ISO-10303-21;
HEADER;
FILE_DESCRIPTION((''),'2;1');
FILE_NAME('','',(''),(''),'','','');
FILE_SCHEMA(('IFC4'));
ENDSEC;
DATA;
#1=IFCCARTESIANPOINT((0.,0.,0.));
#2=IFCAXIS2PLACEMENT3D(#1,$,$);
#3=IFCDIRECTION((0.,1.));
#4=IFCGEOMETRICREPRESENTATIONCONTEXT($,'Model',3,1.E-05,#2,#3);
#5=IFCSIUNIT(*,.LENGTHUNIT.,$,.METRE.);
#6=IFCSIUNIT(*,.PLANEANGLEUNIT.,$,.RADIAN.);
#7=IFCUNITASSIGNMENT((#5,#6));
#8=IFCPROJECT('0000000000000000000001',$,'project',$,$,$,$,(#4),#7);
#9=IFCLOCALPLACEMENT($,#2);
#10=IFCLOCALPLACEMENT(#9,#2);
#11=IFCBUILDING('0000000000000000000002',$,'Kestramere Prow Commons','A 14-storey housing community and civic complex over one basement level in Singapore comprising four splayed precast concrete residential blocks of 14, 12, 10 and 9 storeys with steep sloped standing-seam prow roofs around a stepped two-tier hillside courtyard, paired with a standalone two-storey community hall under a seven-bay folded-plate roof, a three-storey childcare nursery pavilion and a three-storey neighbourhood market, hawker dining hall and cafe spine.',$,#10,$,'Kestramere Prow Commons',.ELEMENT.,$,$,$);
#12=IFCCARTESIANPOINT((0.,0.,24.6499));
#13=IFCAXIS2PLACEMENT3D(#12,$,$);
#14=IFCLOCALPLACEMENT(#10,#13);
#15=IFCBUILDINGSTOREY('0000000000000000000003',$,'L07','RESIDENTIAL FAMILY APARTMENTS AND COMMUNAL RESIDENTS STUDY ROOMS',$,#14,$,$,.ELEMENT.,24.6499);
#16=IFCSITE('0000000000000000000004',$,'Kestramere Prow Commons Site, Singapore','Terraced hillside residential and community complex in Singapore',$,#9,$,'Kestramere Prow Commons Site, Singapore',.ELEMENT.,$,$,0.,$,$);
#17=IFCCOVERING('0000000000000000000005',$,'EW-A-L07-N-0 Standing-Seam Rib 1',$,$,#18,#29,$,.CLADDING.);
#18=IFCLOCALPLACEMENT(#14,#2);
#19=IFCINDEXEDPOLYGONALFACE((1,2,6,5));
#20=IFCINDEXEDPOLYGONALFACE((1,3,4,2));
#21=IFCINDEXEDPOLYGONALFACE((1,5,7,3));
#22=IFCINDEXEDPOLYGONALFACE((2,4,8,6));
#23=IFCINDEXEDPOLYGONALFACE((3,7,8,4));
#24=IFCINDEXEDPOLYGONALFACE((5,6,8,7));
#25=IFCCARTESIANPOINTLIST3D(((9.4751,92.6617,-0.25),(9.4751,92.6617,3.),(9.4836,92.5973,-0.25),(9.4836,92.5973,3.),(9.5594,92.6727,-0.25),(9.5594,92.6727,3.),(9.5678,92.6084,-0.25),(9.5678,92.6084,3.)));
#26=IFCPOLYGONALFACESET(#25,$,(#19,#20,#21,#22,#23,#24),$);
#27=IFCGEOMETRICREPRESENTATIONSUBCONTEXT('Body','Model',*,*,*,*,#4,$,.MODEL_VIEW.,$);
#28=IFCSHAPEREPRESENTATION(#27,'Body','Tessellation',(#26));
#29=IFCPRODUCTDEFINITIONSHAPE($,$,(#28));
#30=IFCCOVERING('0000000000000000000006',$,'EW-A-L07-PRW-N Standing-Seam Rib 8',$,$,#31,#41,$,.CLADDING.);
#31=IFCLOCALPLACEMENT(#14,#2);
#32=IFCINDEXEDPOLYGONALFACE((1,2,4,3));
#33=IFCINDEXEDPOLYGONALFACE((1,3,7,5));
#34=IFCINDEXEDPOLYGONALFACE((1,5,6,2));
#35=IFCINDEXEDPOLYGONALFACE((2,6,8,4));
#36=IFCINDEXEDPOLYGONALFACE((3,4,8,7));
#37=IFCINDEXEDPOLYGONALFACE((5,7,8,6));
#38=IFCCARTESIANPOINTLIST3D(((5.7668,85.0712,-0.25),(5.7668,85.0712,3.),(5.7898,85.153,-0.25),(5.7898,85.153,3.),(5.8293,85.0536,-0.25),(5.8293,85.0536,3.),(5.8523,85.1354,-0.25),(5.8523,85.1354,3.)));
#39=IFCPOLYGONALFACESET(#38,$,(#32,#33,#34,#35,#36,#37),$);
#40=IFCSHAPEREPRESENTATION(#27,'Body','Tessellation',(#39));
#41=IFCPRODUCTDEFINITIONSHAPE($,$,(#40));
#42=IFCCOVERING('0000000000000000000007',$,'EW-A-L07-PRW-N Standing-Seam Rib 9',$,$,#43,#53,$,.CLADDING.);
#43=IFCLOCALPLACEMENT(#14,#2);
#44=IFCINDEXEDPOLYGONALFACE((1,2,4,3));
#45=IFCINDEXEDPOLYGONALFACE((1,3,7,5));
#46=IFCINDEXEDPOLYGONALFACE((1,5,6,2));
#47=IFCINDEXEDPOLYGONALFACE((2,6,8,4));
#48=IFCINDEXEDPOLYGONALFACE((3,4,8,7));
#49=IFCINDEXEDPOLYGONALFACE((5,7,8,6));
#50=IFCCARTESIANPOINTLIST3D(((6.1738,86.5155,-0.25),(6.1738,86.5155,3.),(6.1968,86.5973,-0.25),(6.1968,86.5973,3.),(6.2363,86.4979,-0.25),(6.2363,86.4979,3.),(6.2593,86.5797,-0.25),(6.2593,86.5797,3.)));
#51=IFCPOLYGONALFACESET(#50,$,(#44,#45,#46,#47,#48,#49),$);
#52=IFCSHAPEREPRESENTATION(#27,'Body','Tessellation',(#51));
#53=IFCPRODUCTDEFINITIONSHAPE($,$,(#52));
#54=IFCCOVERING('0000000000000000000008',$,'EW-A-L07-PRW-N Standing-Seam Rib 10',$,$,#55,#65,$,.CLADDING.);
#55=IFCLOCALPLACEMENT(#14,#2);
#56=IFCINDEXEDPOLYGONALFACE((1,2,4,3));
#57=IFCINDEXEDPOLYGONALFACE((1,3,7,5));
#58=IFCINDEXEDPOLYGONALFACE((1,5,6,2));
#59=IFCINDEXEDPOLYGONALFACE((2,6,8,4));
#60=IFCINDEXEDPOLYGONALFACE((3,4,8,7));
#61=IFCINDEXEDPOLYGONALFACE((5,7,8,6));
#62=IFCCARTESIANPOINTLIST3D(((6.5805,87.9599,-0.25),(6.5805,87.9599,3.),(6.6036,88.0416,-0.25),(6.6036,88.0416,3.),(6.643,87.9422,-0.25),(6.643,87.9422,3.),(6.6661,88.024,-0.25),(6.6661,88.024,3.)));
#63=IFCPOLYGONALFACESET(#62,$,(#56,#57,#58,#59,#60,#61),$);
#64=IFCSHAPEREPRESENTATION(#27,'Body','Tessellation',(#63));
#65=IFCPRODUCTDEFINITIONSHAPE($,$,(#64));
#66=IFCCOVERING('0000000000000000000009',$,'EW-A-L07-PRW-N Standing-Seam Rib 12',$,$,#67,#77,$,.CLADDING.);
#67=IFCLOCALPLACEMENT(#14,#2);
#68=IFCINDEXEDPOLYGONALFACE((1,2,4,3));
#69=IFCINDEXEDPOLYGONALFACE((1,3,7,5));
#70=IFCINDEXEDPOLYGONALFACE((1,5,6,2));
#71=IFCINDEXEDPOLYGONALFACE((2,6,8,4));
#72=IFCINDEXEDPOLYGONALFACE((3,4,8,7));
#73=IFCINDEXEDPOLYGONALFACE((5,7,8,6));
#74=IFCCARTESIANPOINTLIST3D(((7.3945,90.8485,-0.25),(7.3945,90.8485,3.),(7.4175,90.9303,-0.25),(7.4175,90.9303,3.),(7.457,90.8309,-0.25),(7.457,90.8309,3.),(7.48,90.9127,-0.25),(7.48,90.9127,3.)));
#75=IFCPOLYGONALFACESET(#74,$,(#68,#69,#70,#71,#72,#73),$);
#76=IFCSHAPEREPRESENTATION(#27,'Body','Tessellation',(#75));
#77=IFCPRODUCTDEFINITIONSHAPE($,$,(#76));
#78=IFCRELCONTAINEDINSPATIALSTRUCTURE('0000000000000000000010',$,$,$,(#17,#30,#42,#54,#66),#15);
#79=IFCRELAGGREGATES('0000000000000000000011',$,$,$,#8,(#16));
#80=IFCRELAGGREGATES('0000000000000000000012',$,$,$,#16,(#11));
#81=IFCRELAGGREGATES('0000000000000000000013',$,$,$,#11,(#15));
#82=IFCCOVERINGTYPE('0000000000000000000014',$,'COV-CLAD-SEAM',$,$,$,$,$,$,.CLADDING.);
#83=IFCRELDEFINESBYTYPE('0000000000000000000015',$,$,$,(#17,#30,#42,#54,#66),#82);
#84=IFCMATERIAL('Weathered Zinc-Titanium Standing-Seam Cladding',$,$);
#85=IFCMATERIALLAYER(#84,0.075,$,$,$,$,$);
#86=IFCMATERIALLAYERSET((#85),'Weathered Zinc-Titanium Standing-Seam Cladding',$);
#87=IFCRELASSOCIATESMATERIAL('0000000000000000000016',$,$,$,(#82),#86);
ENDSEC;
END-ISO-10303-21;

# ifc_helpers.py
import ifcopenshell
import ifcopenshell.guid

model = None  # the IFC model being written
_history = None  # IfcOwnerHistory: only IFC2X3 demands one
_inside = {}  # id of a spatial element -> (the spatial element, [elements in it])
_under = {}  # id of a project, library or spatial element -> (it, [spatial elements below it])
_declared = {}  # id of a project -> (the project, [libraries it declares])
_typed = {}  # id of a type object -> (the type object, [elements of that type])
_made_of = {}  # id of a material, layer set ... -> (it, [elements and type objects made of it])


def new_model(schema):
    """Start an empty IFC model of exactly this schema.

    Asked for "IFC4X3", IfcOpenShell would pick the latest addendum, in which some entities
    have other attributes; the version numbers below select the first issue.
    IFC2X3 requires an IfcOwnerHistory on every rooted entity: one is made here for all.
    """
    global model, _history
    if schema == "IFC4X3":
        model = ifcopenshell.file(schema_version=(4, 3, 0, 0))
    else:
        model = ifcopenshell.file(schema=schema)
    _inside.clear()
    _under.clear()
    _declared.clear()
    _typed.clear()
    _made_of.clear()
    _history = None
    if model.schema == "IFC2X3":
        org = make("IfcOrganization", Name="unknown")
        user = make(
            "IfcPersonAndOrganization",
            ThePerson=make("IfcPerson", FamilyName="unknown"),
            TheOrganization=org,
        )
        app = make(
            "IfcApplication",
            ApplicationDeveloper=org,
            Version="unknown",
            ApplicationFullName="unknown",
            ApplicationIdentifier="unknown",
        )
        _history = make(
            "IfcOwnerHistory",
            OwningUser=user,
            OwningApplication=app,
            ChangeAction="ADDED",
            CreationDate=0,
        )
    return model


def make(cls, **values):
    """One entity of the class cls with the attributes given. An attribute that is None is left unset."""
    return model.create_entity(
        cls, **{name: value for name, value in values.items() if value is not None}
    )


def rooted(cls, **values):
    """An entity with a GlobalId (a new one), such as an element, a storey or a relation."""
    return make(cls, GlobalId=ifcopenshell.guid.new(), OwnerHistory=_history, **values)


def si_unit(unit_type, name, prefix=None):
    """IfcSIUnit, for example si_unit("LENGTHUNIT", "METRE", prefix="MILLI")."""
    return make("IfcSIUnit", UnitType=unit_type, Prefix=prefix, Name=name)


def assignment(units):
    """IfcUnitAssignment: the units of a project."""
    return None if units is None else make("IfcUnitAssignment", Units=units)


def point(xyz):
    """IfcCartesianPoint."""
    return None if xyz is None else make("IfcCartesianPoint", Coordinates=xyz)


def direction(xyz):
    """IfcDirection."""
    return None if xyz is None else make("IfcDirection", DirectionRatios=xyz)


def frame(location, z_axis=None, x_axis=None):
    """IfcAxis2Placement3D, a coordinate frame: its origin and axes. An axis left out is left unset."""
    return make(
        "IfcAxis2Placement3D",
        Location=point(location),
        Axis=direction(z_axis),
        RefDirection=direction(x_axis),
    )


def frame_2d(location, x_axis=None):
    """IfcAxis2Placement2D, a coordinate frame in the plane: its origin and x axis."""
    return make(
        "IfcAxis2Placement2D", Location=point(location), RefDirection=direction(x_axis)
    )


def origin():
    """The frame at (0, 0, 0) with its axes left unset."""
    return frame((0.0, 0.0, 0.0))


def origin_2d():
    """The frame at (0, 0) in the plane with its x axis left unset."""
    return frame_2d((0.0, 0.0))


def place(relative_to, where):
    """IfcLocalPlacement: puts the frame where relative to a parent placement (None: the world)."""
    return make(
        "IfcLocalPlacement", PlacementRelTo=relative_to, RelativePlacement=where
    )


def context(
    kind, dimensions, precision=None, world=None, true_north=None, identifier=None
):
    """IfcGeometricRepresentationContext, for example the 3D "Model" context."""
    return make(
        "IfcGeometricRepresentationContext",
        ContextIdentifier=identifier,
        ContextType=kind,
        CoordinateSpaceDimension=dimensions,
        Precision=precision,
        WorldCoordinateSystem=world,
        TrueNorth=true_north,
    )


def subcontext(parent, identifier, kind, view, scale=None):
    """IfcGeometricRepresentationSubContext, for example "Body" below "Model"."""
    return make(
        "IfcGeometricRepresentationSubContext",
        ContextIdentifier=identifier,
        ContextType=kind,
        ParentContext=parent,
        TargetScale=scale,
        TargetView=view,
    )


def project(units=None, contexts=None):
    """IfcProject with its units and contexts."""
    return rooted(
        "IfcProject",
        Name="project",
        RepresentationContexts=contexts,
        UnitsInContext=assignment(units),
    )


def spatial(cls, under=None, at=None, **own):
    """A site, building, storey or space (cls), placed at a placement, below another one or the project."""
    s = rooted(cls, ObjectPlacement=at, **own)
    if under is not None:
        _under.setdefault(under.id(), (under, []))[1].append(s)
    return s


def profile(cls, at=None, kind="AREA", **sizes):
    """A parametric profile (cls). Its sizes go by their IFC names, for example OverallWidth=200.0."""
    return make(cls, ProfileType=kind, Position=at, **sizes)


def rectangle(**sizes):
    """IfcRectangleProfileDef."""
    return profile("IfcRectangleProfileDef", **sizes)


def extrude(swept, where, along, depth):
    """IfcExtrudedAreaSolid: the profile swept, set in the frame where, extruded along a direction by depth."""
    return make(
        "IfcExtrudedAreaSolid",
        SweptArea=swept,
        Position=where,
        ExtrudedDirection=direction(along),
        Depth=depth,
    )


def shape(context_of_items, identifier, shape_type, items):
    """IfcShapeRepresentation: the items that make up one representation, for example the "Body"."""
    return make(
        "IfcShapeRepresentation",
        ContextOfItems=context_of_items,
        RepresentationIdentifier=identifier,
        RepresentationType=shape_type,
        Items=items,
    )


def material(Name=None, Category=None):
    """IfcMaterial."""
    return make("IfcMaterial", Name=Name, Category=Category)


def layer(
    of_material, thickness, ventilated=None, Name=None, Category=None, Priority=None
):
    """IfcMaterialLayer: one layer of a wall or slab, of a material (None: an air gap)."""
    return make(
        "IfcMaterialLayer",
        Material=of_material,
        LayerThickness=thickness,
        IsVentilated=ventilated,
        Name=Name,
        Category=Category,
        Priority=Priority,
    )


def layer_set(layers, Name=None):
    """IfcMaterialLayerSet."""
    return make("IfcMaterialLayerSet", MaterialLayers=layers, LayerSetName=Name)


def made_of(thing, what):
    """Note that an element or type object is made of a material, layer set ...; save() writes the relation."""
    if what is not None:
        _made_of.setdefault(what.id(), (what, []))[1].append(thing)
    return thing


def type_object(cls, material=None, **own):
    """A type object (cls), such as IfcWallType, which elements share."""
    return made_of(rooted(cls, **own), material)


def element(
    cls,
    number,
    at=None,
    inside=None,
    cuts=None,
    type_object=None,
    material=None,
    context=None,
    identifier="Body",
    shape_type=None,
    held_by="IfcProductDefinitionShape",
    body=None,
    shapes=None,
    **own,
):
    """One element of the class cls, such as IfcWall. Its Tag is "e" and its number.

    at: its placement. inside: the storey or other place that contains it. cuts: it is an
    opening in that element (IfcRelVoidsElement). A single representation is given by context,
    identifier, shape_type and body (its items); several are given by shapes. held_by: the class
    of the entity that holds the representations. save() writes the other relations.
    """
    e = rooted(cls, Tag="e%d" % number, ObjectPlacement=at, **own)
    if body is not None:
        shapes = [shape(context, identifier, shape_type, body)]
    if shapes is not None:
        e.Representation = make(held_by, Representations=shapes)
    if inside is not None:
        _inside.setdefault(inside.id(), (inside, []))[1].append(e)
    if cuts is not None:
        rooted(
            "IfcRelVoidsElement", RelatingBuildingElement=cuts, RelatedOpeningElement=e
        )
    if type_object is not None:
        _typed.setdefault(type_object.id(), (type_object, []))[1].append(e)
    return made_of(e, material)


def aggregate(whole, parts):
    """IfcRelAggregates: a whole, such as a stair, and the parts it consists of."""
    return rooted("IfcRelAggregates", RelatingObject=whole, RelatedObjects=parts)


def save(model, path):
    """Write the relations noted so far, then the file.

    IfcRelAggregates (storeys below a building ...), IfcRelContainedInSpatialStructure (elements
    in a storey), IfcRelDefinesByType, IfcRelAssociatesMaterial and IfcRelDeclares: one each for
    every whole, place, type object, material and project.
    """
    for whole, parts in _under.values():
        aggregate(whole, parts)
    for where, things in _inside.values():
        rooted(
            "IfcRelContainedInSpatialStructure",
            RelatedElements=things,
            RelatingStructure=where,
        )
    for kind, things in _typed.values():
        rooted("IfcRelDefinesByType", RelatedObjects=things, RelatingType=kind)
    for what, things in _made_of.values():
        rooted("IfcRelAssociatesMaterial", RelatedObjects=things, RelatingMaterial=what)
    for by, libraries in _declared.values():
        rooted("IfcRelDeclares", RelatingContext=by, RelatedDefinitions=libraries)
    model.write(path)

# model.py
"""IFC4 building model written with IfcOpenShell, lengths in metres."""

from ifc_helpers import new_model, si_unit, direction, frame, origin, origin_2d, place, context, subcontext, project, spatial, rectangle, extrude, material, layer, layer_set, type_object, element, save


model = new_model("IFC4")

# Units and contexts
model_context = context("Model", 3, precision=1e-05, world=origin(), true_north=direction((0.0, 1.0)))
body_context = subcontext(model_context, "Body", "Model", "MODEL_VIEW")
ifc_project = project(units=[si_unit("LENGTHUNIT", "METRE"), si_unit("PLANEANGLEUNIT", "RADIAN")], contexts=[model_context])

# Site, building, storey
site_placement = place(None, origin())
site = spatial("IfcSite", under=ifc_project, at=site_placement, Name="Kestramere Prow Commons Site, Singapore", Description="Terraced hillside residential and community complex in Singapore", LongName="Kestramere Prow Commons Site, Singapore", CompositionType="ELEMENT", RefElevation=0.0)
building_placement = place(site_placement, origin())
building = spatial("IfcBuilding", under=site, at=building_placement, Name="Kestramere Prow Commons", Description="A 14-storey housing community and civic complex over one basement level in Singapore comprising four splayed precast concrete residential blocks of 14, 12, 10 and 9 storeys with steep sloped standing-seam prow roofs around a stepped two-tier hillside courtyard, paired with a standalone two-storey community hall under a seven-bay folded-plate roof, a three-storey childcare nursery pavilion and a three-storey neighbourhood market, hawker dining hall and cafe spine.", LongName="Kestramere Prow Commons", CompositionType="ELEMENT")
storey_placement = place(building_placement, frame((0.0, 0.0, 24.6499)))
storey = spatial("IfcBuildingStorey", under=building, at=storey_placement, Name="L07", Description="RESIDENTIAL FAMILY APARTMENTS AND COMMUNAL RESIDENTS STUDY ROOMS", CompositionType="ELEMENT", Elevation=24.6499)

# Coverings
ifc_material_1 = material(Name="Weathered Zinc-Titanium Standing-Seam Cladding")
ifc_layer_1 = layer(ifc_material_1, 0.075)
ifc_layer_set_1 = layer_set([ifc_layer_1], Name="Weathered Zinc-Titanium Standing-Seam Cladding")
covering_type = type_object("IfcCoveringType", Name="COV-CLAD-SEAM", PredefinedType="CLADDING", material=ifc_layer_set_1)
for number, where, z_axis, x_axis, name in (
    (1, (9.5215, 92.635, -0.25), (0.0, 0.0, 1.0), (0.991445, 0.130526, 0.0), "EW-A-L07-N-0 Standing-Seam Rib 1"),
    (2, (5.8096, 85.1033, -0.25), (0.0, 0.0, 1.0), (0.27116, 0.962534, 0.0), "EW-A-L07-PRW-N Standing-Seam Rib 8"),
    (3, (6.2166, 86.5476, -0.25), (0.0, 0.0, 1.0), (0.27116, 0.962534, 0.0), "EW-A-L07-PRW-N Standing-Seam Rib 9"),
    (4, (6.6233, 87.9919, -0.25), (0.0, 0.0, 1.0), (0.27116, 0.962534, 0.0), "EW-A-L07-PRW-N Standing-Seam Rib 10"),
    (5, (7.4373, 90.8806, -0.25), (0.0, 0.0, 1.0), (0.27116, 0.962534, 0.0), "EW-A-L07-PRW-N Standing-Seam Rib 12"),
):
    element("IfcCovering", number, at=place(storey_placement, frame(where, z_axis=z_axis, x_axis=x_axis)), inside=storey, type_object=covering_type, Name=name, PredefinedType="CLADDING", context=body_context, shape_type="SweptSolid", body=[
        extrude(rectangle(XDim=0.085, YDim=0.0649, at=origin_2d()), origin(), (0.0, 0.0, 1.0), 3.25),
    ])

save(model, "model.ifc")
